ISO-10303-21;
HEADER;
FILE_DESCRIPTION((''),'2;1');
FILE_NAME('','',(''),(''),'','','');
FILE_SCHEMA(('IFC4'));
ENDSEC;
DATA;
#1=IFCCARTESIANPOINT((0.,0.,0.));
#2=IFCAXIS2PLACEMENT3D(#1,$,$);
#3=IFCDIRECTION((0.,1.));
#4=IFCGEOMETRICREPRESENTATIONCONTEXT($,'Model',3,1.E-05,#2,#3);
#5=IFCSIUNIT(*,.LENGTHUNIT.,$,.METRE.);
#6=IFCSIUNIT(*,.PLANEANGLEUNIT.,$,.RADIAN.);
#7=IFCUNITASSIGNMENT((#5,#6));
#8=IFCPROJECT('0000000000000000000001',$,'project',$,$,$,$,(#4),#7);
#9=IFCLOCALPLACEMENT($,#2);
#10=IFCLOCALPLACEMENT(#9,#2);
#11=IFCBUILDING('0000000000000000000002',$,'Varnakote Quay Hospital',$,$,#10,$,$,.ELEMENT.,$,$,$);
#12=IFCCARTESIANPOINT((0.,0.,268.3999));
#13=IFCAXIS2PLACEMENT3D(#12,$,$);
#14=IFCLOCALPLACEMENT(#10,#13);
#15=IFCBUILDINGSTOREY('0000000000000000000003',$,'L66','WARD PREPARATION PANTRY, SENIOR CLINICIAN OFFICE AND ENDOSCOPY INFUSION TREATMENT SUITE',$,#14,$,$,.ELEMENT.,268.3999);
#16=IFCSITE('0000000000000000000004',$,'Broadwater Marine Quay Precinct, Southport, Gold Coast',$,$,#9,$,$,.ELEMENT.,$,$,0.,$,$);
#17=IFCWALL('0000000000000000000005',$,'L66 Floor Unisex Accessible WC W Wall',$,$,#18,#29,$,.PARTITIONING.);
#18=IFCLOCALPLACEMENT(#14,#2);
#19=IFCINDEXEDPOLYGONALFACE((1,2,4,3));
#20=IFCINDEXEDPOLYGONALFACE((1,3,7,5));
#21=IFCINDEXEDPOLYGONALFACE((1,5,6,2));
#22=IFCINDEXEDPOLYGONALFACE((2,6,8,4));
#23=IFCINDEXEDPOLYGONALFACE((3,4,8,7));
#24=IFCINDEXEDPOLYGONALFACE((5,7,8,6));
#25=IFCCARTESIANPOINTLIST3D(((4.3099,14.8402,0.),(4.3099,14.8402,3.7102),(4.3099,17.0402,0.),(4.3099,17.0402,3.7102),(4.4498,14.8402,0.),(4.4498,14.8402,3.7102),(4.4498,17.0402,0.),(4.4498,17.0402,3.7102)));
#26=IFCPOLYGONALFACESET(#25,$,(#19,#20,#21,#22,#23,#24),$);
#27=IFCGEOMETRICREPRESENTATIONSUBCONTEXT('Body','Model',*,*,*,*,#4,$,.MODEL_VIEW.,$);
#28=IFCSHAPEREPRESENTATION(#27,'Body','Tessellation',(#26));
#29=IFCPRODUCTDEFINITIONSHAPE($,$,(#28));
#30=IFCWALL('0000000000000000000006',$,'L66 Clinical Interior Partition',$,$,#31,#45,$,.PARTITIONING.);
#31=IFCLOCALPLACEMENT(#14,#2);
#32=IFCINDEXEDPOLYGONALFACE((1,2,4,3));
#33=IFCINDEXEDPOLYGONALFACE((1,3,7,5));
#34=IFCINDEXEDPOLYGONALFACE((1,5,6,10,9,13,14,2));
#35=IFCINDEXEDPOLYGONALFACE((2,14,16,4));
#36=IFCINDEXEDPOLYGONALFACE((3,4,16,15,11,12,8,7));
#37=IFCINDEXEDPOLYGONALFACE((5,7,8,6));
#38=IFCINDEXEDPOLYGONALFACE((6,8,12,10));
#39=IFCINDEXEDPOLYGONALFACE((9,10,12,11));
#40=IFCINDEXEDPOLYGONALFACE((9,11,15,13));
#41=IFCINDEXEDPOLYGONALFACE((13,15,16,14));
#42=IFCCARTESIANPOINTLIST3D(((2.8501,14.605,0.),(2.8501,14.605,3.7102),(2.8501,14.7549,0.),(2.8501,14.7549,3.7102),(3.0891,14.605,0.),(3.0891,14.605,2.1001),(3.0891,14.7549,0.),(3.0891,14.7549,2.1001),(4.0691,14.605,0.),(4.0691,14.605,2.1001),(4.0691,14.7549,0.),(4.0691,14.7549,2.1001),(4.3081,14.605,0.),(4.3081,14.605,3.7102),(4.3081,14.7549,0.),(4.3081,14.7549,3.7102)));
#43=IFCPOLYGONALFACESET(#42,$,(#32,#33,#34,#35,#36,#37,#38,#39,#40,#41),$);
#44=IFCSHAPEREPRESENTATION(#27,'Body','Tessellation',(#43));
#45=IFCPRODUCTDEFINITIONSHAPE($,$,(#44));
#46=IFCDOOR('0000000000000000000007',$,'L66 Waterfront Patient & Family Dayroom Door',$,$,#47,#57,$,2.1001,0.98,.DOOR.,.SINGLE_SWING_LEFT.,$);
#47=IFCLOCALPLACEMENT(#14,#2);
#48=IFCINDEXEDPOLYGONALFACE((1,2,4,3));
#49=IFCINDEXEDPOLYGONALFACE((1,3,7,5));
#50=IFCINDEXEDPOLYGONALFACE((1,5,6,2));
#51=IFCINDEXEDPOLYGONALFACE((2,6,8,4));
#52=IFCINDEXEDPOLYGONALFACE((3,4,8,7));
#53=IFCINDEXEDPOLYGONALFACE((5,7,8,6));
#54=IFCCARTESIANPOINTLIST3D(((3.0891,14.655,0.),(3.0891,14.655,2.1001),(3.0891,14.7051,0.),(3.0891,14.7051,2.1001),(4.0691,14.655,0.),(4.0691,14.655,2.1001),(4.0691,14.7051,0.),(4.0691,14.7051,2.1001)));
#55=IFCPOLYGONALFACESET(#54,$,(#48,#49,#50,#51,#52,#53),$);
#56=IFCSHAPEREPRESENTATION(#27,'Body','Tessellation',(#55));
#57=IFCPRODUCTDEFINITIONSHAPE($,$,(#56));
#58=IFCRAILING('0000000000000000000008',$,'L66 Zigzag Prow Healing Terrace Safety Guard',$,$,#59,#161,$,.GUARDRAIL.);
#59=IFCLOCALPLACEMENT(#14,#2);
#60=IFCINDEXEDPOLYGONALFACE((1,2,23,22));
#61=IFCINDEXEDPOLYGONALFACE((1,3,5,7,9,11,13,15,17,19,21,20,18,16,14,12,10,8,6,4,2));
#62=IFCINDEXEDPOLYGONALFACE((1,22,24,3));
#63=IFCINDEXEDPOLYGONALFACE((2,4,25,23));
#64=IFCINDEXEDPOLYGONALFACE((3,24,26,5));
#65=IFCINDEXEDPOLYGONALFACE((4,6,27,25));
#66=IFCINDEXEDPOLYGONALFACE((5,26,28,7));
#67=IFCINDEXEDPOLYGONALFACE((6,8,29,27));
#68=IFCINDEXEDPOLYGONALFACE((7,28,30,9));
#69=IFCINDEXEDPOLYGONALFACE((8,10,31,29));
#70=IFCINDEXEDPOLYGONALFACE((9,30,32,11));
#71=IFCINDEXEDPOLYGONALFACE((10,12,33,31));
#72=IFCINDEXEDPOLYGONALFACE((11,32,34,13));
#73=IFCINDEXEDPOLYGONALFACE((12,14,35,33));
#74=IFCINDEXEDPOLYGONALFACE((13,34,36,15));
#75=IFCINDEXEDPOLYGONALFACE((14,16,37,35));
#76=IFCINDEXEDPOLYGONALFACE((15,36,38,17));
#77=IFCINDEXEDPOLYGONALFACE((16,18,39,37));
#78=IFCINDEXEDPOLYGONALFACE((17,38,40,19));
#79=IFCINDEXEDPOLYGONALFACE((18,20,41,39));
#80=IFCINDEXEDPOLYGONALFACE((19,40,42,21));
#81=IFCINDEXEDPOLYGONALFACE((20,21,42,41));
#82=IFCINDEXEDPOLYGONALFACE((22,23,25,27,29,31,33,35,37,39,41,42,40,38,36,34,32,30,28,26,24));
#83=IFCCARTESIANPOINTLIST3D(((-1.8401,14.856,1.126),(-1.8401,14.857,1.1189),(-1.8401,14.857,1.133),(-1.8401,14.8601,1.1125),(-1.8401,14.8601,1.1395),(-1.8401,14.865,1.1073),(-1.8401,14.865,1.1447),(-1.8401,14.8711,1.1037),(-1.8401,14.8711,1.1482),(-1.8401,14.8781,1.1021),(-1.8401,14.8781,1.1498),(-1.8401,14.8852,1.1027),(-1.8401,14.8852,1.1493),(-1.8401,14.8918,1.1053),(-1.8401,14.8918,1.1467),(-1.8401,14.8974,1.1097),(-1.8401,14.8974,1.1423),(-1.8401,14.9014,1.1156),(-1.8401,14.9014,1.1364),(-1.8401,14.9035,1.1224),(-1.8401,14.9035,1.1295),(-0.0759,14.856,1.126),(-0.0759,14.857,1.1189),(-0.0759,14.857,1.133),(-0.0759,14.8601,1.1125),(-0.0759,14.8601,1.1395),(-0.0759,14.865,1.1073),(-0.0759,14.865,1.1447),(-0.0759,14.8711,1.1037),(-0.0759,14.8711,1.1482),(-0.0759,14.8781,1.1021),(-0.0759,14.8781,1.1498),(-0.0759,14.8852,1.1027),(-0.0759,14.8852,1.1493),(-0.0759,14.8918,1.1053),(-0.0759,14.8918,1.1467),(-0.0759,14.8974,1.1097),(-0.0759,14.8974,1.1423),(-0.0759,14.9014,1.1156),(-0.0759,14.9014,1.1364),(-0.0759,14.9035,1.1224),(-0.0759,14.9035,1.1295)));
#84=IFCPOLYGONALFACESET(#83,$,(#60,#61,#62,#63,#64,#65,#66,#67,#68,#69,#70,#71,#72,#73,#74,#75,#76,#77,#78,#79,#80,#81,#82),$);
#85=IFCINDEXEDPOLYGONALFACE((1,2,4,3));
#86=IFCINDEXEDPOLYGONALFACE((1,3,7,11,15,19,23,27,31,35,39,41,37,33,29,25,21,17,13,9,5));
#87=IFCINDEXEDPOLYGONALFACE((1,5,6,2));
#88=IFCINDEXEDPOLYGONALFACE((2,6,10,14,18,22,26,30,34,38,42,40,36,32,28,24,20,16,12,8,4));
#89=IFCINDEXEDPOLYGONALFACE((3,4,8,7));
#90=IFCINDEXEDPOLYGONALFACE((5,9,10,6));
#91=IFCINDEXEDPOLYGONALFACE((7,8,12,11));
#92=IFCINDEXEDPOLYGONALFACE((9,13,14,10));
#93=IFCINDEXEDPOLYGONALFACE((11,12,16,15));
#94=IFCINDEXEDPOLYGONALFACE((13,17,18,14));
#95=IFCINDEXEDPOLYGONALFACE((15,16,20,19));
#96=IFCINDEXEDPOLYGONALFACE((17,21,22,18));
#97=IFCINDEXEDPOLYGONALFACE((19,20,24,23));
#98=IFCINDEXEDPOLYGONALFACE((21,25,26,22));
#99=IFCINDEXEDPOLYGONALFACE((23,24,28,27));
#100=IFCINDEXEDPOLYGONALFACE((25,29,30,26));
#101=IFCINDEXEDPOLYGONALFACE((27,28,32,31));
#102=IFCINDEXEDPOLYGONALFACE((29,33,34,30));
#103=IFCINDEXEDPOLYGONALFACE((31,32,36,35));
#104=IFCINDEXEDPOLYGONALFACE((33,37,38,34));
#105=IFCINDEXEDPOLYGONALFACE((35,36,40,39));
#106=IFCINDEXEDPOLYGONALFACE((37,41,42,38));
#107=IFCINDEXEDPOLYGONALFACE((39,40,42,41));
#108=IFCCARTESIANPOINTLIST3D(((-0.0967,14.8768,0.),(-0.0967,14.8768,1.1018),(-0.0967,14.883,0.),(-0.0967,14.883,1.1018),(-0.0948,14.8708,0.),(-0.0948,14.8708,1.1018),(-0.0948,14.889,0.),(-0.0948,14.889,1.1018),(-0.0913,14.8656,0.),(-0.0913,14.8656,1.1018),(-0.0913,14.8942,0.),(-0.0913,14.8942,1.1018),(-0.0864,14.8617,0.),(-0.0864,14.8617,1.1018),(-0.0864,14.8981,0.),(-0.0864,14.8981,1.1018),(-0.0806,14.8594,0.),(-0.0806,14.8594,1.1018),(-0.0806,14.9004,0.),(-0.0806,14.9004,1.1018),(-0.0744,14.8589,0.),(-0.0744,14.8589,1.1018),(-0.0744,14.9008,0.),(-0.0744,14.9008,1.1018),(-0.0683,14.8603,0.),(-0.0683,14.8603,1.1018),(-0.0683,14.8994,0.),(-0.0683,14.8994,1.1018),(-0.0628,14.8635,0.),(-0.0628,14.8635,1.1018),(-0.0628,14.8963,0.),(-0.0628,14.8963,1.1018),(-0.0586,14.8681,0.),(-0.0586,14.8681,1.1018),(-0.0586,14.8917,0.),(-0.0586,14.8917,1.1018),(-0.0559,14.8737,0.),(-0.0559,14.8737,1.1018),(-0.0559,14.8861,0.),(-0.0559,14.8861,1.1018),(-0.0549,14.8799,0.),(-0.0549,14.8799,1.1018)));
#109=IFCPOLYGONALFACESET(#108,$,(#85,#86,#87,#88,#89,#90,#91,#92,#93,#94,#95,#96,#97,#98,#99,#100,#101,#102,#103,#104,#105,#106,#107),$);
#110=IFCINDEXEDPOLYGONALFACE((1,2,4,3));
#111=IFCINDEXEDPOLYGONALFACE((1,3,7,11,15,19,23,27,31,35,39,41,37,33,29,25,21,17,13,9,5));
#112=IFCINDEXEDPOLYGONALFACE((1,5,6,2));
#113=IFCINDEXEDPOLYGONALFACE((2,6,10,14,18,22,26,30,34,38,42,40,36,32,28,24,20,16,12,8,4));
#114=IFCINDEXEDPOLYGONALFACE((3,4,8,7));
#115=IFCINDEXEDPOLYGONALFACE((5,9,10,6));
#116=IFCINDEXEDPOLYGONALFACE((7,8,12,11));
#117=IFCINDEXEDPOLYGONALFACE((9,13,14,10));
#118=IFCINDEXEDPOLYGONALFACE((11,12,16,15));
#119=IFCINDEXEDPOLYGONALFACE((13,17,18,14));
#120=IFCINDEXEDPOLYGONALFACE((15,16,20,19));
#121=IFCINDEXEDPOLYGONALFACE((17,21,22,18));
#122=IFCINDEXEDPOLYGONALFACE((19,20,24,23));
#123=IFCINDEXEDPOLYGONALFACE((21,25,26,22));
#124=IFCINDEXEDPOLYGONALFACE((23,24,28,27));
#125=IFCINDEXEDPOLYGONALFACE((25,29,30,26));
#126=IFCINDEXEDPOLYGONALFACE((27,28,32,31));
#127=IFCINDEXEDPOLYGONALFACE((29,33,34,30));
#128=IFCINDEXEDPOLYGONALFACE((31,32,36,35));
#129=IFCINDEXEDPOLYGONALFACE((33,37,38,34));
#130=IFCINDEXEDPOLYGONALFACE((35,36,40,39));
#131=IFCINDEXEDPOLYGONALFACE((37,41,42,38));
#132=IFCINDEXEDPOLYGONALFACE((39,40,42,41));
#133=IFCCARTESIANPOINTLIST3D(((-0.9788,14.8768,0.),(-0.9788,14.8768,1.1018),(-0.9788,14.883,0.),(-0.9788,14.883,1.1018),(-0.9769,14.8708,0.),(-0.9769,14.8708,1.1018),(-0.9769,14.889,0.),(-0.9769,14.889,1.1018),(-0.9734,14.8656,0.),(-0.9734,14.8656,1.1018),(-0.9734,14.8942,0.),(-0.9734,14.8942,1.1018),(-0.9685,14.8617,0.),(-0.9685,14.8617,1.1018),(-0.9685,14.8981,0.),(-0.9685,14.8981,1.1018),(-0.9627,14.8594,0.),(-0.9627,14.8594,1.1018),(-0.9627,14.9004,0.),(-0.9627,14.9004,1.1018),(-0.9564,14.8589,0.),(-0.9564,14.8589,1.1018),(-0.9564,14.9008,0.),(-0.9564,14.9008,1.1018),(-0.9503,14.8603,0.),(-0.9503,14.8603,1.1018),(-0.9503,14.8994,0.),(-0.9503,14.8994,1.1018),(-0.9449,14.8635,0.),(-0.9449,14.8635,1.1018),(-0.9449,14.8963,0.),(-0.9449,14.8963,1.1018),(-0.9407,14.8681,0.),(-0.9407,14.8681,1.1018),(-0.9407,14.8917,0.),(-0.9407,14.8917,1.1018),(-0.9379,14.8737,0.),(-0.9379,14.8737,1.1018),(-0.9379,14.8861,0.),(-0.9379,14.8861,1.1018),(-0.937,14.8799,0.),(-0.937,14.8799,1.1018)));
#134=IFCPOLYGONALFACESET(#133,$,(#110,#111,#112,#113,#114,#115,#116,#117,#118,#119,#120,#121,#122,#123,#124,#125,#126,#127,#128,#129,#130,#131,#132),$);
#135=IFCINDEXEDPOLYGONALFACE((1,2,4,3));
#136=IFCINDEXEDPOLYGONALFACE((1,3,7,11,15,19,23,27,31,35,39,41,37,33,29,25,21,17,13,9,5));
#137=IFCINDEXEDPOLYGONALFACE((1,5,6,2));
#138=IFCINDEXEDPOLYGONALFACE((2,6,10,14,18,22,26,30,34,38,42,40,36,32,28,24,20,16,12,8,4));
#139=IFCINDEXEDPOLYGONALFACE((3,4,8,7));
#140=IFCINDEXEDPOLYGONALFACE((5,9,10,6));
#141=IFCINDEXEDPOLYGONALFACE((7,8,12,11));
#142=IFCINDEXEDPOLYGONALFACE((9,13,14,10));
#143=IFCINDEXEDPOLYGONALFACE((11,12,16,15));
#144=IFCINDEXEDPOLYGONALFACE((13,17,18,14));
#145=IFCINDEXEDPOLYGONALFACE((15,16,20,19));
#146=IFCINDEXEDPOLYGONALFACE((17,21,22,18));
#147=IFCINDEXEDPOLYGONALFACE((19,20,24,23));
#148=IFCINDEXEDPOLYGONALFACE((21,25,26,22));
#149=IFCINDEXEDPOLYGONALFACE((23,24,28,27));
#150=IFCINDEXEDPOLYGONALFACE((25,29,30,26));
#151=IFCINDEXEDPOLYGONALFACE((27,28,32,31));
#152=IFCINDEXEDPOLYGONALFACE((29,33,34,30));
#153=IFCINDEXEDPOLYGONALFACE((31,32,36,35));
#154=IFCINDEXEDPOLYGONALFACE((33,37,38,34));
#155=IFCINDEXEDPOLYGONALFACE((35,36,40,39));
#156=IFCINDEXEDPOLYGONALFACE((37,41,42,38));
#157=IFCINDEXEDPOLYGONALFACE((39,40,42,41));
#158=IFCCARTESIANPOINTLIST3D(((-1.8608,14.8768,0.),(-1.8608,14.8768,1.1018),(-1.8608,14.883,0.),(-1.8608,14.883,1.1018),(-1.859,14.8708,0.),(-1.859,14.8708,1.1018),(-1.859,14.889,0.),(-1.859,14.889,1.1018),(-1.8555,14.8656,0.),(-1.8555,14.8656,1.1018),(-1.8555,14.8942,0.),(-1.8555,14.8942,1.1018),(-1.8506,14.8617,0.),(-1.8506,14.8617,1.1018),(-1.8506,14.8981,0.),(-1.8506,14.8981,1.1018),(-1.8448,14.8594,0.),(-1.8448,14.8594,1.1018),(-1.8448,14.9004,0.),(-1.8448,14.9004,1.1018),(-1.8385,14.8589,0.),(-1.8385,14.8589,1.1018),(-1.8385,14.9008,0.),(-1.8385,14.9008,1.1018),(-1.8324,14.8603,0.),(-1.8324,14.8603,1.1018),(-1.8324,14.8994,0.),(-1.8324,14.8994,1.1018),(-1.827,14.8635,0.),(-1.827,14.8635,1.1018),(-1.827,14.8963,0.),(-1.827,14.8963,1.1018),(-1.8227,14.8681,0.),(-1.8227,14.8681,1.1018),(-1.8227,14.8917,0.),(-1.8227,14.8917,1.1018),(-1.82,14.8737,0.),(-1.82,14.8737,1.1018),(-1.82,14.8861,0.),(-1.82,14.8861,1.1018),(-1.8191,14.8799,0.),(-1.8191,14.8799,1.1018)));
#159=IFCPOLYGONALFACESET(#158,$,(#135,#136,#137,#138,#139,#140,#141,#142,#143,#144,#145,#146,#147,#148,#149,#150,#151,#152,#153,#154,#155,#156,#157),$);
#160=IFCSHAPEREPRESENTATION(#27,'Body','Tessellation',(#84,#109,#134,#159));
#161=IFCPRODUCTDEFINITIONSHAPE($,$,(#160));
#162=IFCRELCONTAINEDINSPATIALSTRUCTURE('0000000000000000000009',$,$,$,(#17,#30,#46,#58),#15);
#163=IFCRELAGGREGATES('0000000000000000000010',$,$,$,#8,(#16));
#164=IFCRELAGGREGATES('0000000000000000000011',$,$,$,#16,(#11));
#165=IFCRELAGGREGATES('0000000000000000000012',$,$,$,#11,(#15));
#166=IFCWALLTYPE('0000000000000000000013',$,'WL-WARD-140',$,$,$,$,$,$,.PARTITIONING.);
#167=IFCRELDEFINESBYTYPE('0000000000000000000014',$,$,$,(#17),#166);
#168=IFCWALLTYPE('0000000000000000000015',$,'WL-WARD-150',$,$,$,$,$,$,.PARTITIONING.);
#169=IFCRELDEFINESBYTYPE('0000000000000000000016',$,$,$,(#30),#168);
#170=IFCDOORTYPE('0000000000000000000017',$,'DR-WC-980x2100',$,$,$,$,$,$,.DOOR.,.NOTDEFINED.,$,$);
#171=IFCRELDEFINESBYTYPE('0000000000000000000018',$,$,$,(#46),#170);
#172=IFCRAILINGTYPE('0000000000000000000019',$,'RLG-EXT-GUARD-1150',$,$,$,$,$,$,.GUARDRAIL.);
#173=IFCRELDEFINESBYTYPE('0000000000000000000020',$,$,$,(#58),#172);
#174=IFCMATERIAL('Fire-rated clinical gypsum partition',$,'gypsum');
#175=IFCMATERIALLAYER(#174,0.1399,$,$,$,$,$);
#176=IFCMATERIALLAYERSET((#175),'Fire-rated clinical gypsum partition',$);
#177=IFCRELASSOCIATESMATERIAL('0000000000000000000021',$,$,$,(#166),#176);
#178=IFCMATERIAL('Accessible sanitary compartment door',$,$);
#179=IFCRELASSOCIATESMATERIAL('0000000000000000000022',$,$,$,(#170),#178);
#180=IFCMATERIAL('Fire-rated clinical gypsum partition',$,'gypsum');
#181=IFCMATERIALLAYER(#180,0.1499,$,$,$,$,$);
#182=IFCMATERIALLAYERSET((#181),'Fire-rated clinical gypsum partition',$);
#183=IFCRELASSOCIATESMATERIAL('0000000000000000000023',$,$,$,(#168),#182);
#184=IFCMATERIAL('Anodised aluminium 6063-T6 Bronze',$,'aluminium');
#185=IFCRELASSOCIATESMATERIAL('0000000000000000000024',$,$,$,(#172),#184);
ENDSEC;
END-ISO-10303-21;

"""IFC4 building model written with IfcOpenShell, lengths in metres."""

from ifc_helpers import new_model, si_unit, direction, frame, frame_2d, origin, origin_2d, place, context, subcontext, project, spatial, rectangle, circle, extrude, material, layer, layer_set, type_object, element, fill, save


model = new_model("IFC4")

# Units and contexts
model_context = context("Model", 3, precision=1e-05, world=origin(), true_north=direction((0.0, 1.0)))
body_context = subcontext(model_context, "Body", "Model", "MODEL_VIEW")
ifc_project = project(units=[si_unit("LENGTHUNIT", "METRE"), si_unit("PLANEANGLEUNIT", "RADIAN")], contexts=[model_context])

# Site, building, storey
site_placement = place(None, origin())
site = spatial("IfcSite", under=ifc_project, at=site_placement, Name="Broadwater Marine Quay Precinct, Southport, Gold Coast", CompositionType="ELEMENT", RefElevation=0.0)
building_placement = place(site_placement, origin())
building = spatial("IfcBuilding", under=site, at=building_placement, Name="Varnakote Quay Hospital", CompositionType="ELEMENT")
storey_placement = place(building_placement, frame((0.0, 0.0, 268.3999)))
storey = spatial("IfcBuildingStorey", under=building, at=storey_placement, Name="L66", Description="WARD PREPARATION PANTRY, SENIOR CLINICIAN OFFICE AND ENDOSCOPY INFUSION TREATMENT SUITE", CompositionType="ELEMENT", Elevation=268.3999)

# Shared definitions
ifc_material_1 = material(Name="Fire-rated clinical gypsum partition", Category="gypsum")
ifc_layer_1 = layer(ifc_material_1, 0.1399)
ifc_layer_set_1 = layer_set([ifc_layer_1], Name="Fire-rated clinical gypsum partition")
wall_type_1 = type_object("IfcWallType", Name="WL-WARD-140", PredefinedType="PARTITIONING", material=ifc_layer_set_1)
ifc_material_2 = material(Name="Accessible sanitary compartment door")
door_type_1 = type_object("IfcDoorType", Name="DR-WC-980x2100", OperationType="NOTDEFINED", PredefinedType="DOOR", material=ifc_material_2)

# Wall
wall_1_placement = place(storey_placement, frame((4.3799, 14.8401, 0.0), z_axis=(0.0, 0.0, 1.0), x_axis=(0.0, 1.0, 0.0)))
element("IfcWall", 1, at=wall_1_placement, inside=storey, type_object=wall_type_1, Name="L66 Floor Unisex Accessible WC W Wall", PredefinedType="PARTITIONING", context=body_context, shape_type="SweptSolid", body=[
    extrude(rectangle(XDim=2.2, YDim=0.1399, at=frame_2d((1.1001, 0.0))), origin(), (0.0, 0.0, 1.0), 3.7102),
])

# Wall, opening, door
ifc_material_3 = material(Name="Fire-rated clinical gypsum partition", Category="gypsum")
ifc_layer_2 = layer(ifc_material_3, 0.1499)
ifc_layer_set_2 = layer_set([ifc_layer_2], Name="Fire-rated clinical gypsum partition")
wall_type_2 = type_object("IfcWallType", Name="WL-WARD-150", PredefinedType="PARTITIONING", material=ifc_layer_set_2)
wall_2_placement = place(storey_placement, frame((4.3081, 14.6799, 0.0), z_axis=(0.0, 0.0, 1.0), x_axis=(-1.0, 0.0, 0.0)))
wall_2 = element("IfcWall", 2, at=wall_2_placement, inside=storey, type_object=wall_type_2, Name="L66 Clinical Interior Partition", PredefinedType="PARTITIONING", context=body_context, shape_type="SweptSolid", body=[
    extrude(rectangle(XDim=1.458, YDim=0.1499, at=frame_2d((0.729, 0.0))), origin(), (0.0, 0.0, 1.0), 3.7102),
])
opening_1_placement = place(wall_2_placement, frame((0.239, 0.0, 0.0)))
opening_1 = element("IfcOpeningElement", 3, at=opening_1_placement, cuts=wall_2, PredefinedType="OPENING", context=body_context, shape_type="SweptSolid", body=[
    extrude(rectangle(XDim=0.98, YDim=2.1001, at=frame_2d((0.49, 1.05))), frame((0.0, 0.085, 0.0), z_axis=(0.0, -1.0, 0.0), x_axis=(1.0, 0.0, 0.0)), (0.0, 0.0, 1.0), 0.1699),
])
door_1_placement = place(opening_1_placement, origin())
door_1 = element("IfcDoor", 4, at=door_1_placement, inside=storey, type_object=door_type_1, Name="L66 Waterfront Patient & Family Dayroom Door", OperationType="SINGLE_SWING_LEFT", OverallHeight=2.1001, OverallWidth=0.98, PredefinedType="DOOR", context=body_context, shape_type="SweptSolid", body=[
    extrude(rectangle(XDim=0.98, YDim=2.1001, at=frame_2d((0.49, 1.05))), frame((0.0, 0.0249, 0.0), z_axis=(0.0, -1.0, 0.0), x_axis=(1.0, 0.0, 0.0)), (0.0, 0.0, 1.0), 0.05),
])
fill(opening_1, door_1)

# Railing
ifc_material_4 = material(Name="Anodised aluminium 6063-T6 Bronze", Category="aluminium")
railing_type = type_object("IfcRailingType", Name="RLG-EXT-GUARD-1150", PredefinedType="GUARDRAIL", material=ifc_material_4)
railing_1_placement = place(storey_placement, frame((-0.0759, 14.8799, 0.0)))
element("IfcRailing", 5, at=railing_1_placement, inside=storey, type_object=railing_type, Name="L66 Zigzag Prow Healing Terrace Safety Guard", PredefinedType="GUARDRAIL", context=body_context, shape_type="SweptSolid", body=[
    extrude(circle(Radius=0.0239, at=origin_2d()), frame((0.0, 0.0, 1.126), z_axis=(-1.0, 0.0, 0.0), x_axis=(0.0, -1.0, 0.0)), (0.0, 0.0, 1.0), 1.7642),
    extrude(circle(Radius=0.021, at=origin_2d()), origin(), (0.0, 0.0, 1.0), 1.1018),
    extrude(circle(Radius=0.021, at=origin_2d()), frame((-0.8821, 0.0, 0.0)), (0.0, 0.0, 1.0), 1.1018),
    extrude(circle(Radius=0.021, at=origin_2d()), frame((-1.7642, 0.0, 0.0)), (0.0, 0.0, 1.0), 1.1018),
])

save(model, "model.ifc")
